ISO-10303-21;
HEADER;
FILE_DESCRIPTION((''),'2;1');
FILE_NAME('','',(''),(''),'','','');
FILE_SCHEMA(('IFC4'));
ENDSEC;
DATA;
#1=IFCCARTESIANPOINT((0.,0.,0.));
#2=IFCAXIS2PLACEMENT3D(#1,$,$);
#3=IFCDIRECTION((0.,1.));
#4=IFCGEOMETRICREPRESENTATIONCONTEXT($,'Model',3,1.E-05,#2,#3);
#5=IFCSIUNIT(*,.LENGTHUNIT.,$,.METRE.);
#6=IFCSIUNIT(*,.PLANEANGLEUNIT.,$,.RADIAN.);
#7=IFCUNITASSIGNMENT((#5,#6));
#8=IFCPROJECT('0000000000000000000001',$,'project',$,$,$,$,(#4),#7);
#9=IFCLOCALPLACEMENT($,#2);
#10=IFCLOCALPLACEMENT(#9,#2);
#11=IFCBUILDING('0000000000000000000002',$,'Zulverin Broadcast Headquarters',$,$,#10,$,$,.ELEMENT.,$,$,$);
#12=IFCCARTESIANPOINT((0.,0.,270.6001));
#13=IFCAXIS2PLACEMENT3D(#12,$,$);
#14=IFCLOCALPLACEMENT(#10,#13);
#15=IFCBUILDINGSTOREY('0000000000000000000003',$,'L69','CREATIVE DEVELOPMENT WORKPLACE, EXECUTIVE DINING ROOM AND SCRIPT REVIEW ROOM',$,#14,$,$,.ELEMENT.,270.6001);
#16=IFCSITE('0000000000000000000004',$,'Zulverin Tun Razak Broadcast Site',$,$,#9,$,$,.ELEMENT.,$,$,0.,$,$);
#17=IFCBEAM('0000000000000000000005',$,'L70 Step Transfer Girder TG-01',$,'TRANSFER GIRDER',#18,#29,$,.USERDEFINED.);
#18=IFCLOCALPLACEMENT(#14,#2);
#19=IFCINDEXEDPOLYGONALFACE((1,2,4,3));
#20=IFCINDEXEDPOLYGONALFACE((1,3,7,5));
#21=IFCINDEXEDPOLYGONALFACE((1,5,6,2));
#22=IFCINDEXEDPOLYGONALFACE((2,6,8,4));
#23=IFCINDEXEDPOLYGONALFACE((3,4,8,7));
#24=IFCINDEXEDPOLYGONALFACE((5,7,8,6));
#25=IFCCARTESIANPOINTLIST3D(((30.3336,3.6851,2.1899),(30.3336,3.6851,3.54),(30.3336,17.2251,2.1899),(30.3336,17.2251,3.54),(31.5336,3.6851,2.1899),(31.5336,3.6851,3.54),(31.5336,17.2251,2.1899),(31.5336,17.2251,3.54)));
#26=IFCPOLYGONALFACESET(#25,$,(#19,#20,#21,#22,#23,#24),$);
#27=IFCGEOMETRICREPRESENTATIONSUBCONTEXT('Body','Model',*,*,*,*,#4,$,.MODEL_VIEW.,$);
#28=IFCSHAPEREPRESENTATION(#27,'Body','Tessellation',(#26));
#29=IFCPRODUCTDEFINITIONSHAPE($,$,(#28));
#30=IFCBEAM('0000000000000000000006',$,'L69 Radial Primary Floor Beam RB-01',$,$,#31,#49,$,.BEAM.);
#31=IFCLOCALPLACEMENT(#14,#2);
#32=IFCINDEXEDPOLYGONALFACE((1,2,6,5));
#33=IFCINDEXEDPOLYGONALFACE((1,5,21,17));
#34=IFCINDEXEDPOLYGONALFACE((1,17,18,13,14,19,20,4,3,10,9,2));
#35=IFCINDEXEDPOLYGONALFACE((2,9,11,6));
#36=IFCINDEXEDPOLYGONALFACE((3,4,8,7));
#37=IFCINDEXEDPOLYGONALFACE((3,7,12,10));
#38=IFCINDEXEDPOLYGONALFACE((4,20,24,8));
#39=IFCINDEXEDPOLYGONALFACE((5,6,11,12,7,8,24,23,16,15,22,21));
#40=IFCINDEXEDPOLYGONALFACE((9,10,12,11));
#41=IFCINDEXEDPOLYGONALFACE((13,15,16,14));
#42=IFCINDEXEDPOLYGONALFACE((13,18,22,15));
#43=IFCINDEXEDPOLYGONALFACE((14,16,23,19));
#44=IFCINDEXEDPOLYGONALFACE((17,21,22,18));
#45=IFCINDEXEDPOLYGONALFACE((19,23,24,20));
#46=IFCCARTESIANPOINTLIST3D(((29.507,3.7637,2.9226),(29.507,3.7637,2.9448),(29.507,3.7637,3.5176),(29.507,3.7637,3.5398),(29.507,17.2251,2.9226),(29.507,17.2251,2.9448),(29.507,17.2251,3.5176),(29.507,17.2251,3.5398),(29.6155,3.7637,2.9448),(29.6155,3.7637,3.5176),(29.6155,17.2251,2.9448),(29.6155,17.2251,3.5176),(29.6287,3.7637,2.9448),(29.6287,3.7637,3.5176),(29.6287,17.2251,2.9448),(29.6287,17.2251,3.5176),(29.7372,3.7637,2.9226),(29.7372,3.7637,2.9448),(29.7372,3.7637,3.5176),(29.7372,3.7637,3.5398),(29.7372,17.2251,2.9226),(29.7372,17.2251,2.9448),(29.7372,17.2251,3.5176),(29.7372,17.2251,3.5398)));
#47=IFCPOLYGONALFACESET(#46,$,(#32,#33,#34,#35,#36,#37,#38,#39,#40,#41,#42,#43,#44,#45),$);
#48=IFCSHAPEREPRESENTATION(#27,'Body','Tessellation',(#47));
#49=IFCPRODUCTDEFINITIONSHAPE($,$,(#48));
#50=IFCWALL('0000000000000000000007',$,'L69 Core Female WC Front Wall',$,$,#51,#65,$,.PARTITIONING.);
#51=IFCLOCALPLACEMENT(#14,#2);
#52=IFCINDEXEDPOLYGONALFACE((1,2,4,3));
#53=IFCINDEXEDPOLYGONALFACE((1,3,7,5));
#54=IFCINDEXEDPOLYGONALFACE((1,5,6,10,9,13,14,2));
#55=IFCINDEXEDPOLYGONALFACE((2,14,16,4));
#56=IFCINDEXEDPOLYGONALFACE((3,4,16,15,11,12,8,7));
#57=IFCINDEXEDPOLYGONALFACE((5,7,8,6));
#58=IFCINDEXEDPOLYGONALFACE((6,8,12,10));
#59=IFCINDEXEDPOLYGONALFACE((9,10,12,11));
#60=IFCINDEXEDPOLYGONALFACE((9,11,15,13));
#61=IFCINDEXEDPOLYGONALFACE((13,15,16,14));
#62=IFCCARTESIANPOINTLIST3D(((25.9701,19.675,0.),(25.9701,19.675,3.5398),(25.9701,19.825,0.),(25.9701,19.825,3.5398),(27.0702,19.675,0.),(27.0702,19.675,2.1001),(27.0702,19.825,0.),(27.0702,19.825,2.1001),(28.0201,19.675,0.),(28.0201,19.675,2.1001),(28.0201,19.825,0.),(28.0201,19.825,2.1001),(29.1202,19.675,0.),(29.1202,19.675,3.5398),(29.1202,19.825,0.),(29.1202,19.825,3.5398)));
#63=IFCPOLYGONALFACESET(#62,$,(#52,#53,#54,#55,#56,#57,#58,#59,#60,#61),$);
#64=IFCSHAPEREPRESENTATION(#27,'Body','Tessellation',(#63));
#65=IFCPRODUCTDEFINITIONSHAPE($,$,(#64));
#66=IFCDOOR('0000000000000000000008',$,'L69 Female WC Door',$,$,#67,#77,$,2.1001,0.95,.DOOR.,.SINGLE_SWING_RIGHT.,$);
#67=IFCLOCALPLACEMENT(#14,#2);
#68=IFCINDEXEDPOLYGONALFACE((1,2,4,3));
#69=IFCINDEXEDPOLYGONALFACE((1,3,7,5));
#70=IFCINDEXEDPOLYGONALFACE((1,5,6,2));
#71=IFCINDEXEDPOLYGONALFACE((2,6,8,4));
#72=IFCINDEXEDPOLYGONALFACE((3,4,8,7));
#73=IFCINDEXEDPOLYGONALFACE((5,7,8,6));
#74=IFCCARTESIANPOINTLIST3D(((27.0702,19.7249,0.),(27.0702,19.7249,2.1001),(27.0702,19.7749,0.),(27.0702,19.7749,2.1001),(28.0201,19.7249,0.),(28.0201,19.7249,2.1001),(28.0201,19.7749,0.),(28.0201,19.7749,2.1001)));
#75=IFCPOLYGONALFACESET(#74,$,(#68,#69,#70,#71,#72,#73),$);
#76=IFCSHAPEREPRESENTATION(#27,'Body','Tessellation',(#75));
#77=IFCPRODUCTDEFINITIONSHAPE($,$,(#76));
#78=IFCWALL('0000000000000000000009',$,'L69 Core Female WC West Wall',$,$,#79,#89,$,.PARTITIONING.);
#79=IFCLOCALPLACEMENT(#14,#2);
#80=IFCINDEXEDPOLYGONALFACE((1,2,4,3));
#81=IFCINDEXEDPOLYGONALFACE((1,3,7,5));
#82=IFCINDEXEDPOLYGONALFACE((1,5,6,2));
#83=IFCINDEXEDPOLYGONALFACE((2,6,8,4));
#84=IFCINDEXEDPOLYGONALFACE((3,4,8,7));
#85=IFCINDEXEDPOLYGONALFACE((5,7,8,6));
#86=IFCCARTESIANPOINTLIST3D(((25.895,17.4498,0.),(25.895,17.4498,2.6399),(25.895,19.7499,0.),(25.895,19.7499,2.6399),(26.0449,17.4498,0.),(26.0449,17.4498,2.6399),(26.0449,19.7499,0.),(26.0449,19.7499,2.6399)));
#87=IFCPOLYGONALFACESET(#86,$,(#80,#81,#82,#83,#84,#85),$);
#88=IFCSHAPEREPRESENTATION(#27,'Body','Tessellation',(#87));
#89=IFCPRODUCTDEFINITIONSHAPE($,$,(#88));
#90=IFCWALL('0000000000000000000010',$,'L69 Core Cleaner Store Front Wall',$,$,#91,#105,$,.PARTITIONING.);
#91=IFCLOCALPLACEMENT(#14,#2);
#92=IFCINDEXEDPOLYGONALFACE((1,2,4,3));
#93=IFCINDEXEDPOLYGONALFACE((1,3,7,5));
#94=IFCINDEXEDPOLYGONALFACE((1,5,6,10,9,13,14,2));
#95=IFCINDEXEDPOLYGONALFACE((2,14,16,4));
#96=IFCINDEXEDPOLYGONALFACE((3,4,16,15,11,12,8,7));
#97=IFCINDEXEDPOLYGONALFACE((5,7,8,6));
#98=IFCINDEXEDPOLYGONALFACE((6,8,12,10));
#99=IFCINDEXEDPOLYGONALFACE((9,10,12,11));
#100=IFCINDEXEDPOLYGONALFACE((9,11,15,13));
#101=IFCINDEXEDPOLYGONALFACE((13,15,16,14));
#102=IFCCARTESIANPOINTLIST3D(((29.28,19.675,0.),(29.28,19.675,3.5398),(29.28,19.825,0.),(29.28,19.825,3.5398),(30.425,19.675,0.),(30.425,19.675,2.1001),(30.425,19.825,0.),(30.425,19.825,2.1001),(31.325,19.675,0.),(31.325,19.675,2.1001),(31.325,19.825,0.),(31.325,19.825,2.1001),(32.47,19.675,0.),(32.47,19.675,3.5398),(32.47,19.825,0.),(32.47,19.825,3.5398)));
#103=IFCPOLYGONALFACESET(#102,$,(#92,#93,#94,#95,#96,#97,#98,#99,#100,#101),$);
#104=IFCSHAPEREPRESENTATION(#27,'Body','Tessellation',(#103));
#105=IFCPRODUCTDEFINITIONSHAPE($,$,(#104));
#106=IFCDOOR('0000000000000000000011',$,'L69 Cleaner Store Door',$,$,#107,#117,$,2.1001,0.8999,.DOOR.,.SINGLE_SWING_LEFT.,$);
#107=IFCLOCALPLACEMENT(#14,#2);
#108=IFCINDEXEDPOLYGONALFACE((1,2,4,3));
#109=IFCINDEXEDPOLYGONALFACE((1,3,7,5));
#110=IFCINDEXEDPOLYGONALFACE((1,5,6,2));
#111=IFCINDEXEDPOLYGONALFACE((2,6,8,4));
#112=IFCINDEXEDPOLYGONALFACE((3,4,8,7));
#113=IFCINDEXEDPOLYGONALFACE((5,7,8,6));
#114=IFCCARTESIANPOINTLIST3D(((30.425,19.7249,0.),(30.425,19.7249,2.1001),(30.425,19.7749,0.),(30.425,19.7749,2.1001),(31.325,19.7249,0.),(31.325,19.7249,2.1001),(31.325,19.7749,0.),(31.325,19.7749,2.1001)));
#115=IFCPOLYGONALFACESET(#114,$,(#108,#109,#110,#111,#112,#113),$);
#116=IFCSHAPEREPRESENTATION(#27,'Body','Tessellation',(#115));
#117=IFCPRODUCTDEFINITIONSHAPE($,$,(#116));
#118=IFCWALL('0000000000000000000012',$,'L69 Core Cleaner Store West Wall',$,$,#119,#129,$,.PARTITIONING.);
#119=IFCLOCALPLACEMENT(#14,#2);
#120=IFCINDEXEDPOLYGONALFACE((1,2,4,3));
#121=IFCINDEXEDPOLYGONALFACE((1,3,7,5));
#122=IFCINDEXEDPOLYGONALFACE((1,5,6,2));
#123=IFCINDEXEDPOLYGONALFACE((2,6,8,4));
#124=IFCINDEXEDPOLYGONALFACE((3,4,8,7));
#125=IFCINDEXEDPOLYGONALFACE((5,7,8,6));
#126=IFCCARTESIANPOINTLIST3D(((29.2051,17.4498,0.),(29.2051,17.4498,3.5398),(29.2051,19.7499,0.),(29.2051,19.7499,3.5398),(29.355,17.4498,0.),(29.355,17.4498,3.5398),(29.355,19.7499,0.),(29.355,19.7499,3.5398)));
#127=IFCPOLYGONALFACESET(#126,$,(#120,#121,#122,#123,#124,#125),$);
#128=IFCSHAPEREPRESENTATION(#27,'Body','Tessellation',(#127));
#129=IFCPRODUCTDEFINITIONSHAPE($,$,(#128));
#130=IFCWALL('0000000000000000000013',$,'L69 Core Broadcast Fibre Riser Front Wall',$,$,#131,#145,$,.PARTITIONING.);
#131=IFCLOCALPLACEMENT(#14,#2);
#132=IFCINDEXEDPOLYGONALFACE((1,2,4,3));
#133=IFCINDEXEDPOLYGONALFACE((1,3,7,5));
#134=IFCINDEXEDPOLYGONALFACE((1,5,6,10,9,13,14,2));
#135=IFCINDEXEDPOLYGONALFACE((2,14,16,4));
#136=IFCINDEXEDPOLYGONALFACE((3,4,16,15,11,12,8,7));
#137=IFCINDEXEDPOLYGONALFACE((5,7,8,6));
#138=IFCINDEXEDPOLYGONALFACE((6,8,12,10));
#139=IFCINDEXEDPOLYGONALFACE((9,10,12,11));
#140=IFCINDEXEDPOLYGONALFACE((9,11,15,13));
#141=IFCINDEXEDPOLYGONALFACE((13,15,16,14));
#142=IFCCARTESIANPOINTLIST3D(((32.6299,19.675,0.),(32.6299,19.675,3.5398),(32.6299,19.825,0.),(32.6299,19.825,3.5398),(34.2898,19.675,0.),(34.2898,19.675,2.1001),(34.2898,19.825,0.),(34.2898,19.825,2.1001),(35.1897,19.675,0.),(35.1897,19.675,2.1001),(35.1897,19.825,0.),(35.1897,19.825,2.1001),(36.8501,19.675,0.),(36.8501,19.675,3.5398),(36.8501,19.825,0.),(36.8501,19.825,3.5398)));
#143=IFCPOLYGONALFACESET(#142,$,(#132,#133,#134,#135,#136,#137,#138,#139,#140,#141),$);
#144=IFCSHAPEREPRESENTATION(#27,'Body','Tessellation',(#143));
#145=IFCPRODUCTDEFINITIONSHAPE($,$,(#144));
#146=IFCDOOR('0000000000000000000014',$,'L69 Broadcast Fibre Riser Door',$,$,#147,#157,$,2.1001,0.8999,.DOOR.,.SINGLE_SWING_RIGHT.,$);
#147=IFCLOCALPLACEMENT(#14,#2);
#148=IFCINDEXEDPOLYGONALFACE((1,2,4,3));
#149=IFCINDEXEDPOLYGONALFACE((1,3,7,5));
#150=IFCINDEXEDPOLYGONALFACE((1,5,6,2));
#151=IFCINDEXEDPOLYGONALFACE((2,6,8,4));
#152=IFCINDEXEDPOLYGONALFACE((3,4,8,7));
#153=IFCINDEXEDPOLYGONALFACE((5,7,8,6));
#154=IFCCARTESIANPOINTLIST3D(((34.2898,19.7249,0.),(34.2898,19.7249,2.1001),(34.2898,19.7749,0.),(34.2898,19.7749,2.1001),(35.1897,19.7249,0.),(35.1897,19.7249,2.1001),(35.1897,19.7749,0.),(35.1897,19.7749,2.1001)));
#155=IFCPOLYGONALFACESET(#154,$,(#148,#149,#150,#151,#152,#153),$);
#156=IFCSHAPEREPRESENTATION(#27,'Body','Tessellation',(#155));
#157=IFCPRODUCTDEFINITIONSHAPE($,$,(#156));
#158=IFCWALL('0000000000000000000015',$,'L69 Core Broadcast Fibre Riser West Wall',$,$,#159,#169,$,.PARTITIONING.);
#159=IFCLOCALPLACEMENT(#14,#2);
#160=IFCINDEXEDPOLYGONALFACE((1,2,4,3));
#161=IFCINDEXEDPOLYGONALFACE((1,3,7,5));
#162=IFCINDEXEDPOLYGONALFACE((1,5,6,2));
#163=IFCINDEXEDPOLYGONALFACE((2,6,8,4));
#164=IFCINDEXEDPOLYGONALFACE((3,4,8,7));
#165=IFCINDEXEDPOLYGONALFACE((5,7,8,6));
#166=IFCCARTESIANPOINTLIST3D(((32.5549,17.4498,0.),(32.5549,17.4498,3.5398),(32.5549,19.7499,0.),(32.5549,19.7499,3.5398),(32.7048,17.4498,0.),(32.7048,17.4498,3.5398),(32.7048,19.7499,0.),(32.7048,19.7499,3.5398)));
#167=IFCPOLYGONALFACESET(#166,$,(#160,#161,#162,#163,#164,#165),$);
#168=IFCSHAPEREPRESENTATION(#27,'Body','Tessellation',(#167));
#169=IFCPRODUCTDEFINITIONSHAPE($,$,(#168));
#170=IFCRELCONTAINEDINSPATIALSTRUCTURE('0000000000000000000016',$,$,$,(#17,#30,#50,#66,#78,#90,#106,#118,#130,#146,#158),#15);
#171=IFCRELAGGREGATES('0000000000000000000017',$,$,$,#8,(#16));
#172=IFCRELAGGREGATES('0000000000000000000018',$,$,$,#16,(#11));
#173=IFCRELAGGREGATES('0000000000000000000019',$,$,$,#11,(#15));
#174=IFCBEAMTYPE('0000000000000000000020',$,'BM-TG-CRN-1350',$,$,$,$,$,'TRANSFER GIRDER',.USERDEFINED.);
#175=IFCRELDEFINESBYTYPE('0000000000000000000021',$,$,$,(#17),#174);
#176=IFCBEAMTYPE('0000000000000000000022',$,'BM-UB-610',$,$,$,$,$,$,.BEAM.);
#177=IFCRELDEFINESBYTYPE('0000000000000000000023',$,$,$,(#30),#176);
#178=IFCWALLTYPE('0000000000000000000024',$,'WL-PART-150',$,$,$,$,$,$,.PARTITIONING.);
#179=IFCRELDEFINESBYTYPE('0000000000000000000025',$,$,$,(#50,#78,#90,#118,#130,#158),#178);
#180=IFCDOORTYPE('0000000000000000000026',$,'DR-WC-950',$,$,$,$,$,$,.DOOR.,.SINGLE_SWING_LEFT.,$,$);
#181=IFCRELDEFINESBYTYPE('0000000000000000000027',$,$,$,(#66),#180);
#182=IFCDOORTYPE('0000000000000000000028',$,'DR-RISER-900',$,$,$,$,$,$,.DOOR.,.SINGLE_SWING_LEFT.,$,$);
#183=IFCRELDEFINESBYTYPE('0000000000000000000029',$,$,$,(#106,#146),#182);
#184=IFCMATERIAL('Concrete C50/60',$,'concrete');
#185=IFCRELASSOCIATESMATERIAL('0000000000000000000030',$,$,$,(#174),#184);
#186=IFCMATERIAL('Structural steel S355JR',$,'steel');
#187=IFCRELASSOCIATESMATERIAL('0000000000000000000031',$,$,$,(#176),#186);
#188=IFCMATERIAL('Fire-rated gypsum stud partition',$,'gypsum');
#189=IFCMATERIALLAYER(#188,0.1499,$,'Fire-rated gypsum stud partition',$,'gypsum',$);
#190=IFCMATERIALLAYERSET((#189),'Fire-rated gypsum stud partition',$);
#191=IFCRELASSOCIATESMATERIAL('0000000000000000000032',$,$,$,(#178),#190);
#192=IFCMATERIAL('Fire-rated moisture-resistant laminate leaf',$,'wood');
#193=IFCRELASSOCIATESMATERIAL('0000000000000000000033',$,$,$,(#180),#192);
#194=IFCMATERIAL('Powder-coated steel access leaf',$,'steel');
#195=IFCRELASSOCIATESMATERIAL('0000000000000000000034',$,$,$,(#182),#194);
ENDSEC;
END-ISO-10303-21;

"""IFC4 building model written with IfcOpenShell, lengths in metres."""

from ifc_helpers import new_model, si_unit, direction, frame, frame_2d, origin, origin_2d, place, context, subcontext, project, spatial, rectangle, i_section, extrude, material, layer, layer_set, material_profile, profile_set, type_object, element, fill, save


model = new_model("IFC4")

# Units and contexts
model_context = context("Model", 3, precision=1e-05, world=origin(), true_north=direction((0.0, 1.0)))
body_context = subcontext(model_context, "Body", "Model", "MODEL_VIEW")
ifc_project = project(units=[si_unit("LENGTHUNIT", "METRE"), si_unit("PLANEANGLEUNIT", "RADIAN")], contexts=[model_context])

# Site, building, storey
site_placement = place(None, origin())
site = spatial("IfcSite", under=ifc_project, at=site_placement, Name="Zulverin Tun Razak Broadcast Site", CompositionType="ELEMENT", RefElevation=0.0)
building_placement = place(site_placement, origin())
building = spatial("IfcBuilding", under=site, at=building_placement, Name="Zulverin Broadcast Headquarters", CompositionType="ELEMENT")
storey_placement = place(building_placement, frame((0.0, 0.0, 270.6001)))
storey = spatial("IfcBuildingStorey", under=building, at=storey_placement, Name="L69", Description="CREATIVE DEVELOPMENT WORKPLACE, EXECUTIVE DINING ROOM AND SCRIPT REVIEW ROOM", CompositionType="ELEMENT", Elevation=270.6001)

# Beams
ifc_material_1 = material(Name="Concrete C50/60", Category="concrete")
ifc_material_profile_1 = material_profile(ifc_material_1, rectangle(XDim=1.2, YDim=1.3501, at=origin_2d()), Name="Concrete C50/60", Category="concrete")
ifc_profile_set_1 = profile_set([ifc_material_profile_1], Name="Concrete C50/60")
beam_type_1 = type_object("IfcBeamType", Name="BM-TG-CRN-1350", ElementType="TRANSFER GIRDER", PredefinedType="USERDEFINED", material=ifc_profile_set_1)
beam_1_placement = place(storey_placement, frame((30.9336, 17.2251, 2.865), z_axis=(0.0, -1.0, 0.0), x_axis=(1.0, 0.0, 0.0)))
element("IfcBeam", 1, at=beam_1_placement, inside=storey, type_object=beam_type_1, Name="L70 Step Transfer Girder TG-01", ObjectType="TRANSFER GIRDER", PredefinedType="USERDEFINED", context=body_context, shape_type="SweptSolid", body=[
    extrude(rectangle(XDim=1.2, YDim=1.3501, at=origin_2d()), origin(), (0.0, 0.0, 1.0), 13.54),
])
ifc_material_2 = material(Name="Structural steel S355JR", Category="steel")
ifc_material_profile_2 = material_profile(ifc_material_2, i_section(OverallWidth=0.2302, OverallDepth=0.6172, WebThickness=0.0132, FlangeThickness=0.0222, at=origin_2d()), Name="Structural steel S355JR", Category="steel")
ifc_profile_set_2 = profile_set([ifc_material_profile_2], Name="Structural steel S355JR")
beam_type_2 = type_object("IfcBeamType", Name="BM-UB-610", PredefinedType="BEAM", material=ifc_profile_set_2)
beam_2_placement = place(storey_placement, frame((29.6221, 17.2251, 3.2312), z_axis=(0.0, -1.0, 0.0), x_axis=(1.0, 0.0, 0.0)))
element("IfcBeam", 2, at=beam_2_placement, inside=storey, type_object=beam_type_2, Name="L69 Radial Primary Floor Beam RB-01", PredefinedType="BEAM", context=body_context, shape_type="SweptSolid", body=[
    extrude(i_section(OverallWidth=0.2302, OverallDepth=0.6172, WebThickness=0.0132, FlangeThickness=0.0222, at=origin_2d()), origin(), (0.0, 0.0, 1.0), 13.4614),
])

# Wall, opening, door
ifc_material_3 = material(Name="Fire-rated gypsum stud partition", Category="gypsum")
ifc_layer = layer(ifc_material_3, 0.1499, Name="Fire-rated gypsum stud partition", Category="gypsum")
ifc_layer_set = layer_set([ifc_layer], Name="Fire-rated gypsum stud partition")
wall_type = type_object("IfcWallType", Name="WL-PART-150", PredefinedType="PARTITIONING", material=ifc_layer_set)
wall_1_placement = place(storey_placement, frame((25.97, 19.75, 0.0), z_axis=(0.0, 0.0, 1.0), x_axis=(1.0, 0.0, 0.0)))
wall_1 = element("IfcWall", 3, at=wall_1_placement, inside=storey, type_object=wall_type, Name="L69 Core Female WC Front Wall", PredefinedType="PARTITIONING", context=body_context, shape_type="SweptSolid", body=[
    extrude(rectangle(XDim=3.1501, YDim=0.1499, at=frame_2d((1.5752, 0.0))), origin(), (0.0, 0.0, 1.0), 3.5398),
])
opening_1_placement = place(wall_1_placement, frame((1.1001, 0.0, 0.0)))
opening_1 = element("IfcOpeningElement", 4, at=opening_1_placement, cuts=wall_1, PredefinedType="OPENING", context=body_context, shape_type="SweptSolid", body=[
    extrude(rectangle(XDim=0.95, YDim=2.1001, at=frame_2d((0.4751, 1.05))), frame((0.0, 0.085, 0.0), z_axis=(0.0, -1.0, 0.0), x_axis=(1.0, 0.0, 0.0)), (0.0, 0.0, 1.0), 0.1699),
])
ifc_material_4 = material(Name="Fire-rated moisture-resistant laminate leaf", Category="wood")
door_type_1 = type_object("IfcDoorType", Name="DR-WC-950", OperationType="SINGLE_SWING_LEFT", PredefinedType="DOOR", material=ifc_material_4)
door_1_placement = place(opening_1_placement, origin())
door_1 = element("IfcDoor", 5, at=door_1_placement, inside=storey, type_object=door_type_1, Name="L69 Female WC Door", OperationType="SINGLE_SWING_RIGHT", OverallHeight=2.1001, OverallWidth=0.95, PredefinedType="DOOR", context=body_context, shape_type="SweptSolid", body=[
    extrude(rectangle(XDim=0.95, YDim=2.1001, at=frame_2d((0.4751, 1.05))), frame((0.0, 0.0249, 0.0), z_axis=(0.0, -1.0, 0.0), x_axis=(1.0, 0.0, 0.0)), (0.0, 0.0, 1.0), 0.05),
])
fill(opening_1, door_1)

# Wall
wall_2_placement = place(storey_placement, frame((25.97, 17.45, 0.0), z_axis=(0.0, 0.0, 1.0), x_axis=(0.0, 1.0, 0.0)))
element("IfcWall", 6, at=wall_2_placement, inside=storey, type_object=wall_type, Name="L69 Core Female WC West Wall", PredefinedType="PARTITIONING", context=body_context, shape_type="SweptSolid", body=[
    extrude(rectangle(XDim=2.3, YDim=0.1499, at=frame_2d((1.1499, 0.0))), origin(), (0.0, 0.0, 1.0), 2.6399),
])

# Wall, opening, door
wall_3_placement = place(storey_placement, frame((29.28, 19.75, 0.0), z_axis=(0.0, 0.0, 1.0), x_axis=(1.0, 0.0, 0.0)))
wall_3 = element("IfcWall", 7, at=wall_3_placement, inside=storey, type_object=wall_type, Name="L69 Core Cleaner Store Front Wall", PredefinedType="PARTITIONING", context=body_context, shape_type="SweptSolid", body=[
    extrude(rectangle(XDim=3.1899, YDim=0.1499, at=frame_2d((1.595, 0.0))), origin(), (0.0, 0.0, 1.0), 3.5398),
])
opening_2_placement = place(wall_3_placement, frame((1.145, 0.0, 0.0)))
opening_2 = element("IfcOpeningElement", 8, at=opening_2_placement, cuts=wall_3, PredefinedType="OPENING", context=body_context, shape_type="SweptSolid", body=[
    extrude(rectangle(XDim=0.8999, YDim=2.1001, at=frame_2d((0.45, 1.05))), frame((0.0, 0.085, 0.0), z_axis=(0.0, -1.0, 0.0), x_axis=(1.0, 0.0, 0.0)), (0.0, 0.0, 1.0), 0.1699),
])
ifc_material_5 = material(Name="Powder-coated steel access leaf", Category="steel")
door_type_2 = type_object("IfcDoorType", Name="DR-RISER-900", OperationType="SINGLE_SWING_LEFT", PredefinedType="DOOR", material=ifc_material_5)
door_2_placement = place(opening_2_placement, origin())
door_2 = element("IfcDoor", 9, at=door_2_placement, inside=storey, type_object=door_type_2, Name="L69 Cleaner Store Door", OperationType="SINGLE_SWING_LEFT", OverallHeight=2.1001, OverallWidth=0.8999, PredefinedType="DOOR", context=body_context, shape_type="SweptSolid", body=[
    extrude(rectangle(XDim=0.8999, YDim=2.1001, at=frame_2d((0.45, 1.05))), frame((0.0, 0.0249, 0.0), z_axis=(0.0, -1.0, 0.0), x_axis=(1.0, 0.0, 0.0)), (0.0, 0.0, 1.0), 0.05),
])
fill(opening_2, door_2)

# Wall
wall_4_placement = place(storey_placement, frame((29.28, 17.45, 0.0), z_axis=(0.0, 0.0, 1.0), x_axis=(0.0, 1.0, 0.0)))
element("IfcWall", 10, at=wall_4_placement, inside=storey, type_object=wall_type, Name="L69 Core Cleaner Store West Wall", PredefinedType="PARTITIONING", context=body_context, shape_type="SweptSolid", body=[
    extrude(rectangle(XDim=2.3, YDim=0.1499, at=frame_2d((1.1499, 0.0))), origin(), (0.0, 0.0, 1.0), 3.5398),
])

# Wall, opening, door
wall_5_placement = place(storey_placement, frame((32.6299, 19.75, 0.0), z_axis=(0.0, 0.0, 1.0), x_axis=(1.0, 0.0, 0.0)))
wall_5 = element("IfcWall", 11, at=wall_5_placement, inside=storey, type_object=wall_type, Name="L69 Core Broadcast Fibre Riser Front Wall", PredefinedType="PARTITIONING", context=body_context, shape_type="SweptSolid", body=[
    extrude(rectangle(XDim=4.2202, YDim=0.1499, at=frame_2d((2.1101, 0.0))), origin(), (0.0, 0.0, 1.0), 3.5398),
])
opening_3_placement = place(wall_5_placement, frame((1.6599, 0.0, 0.0)))
opening_3 = element("IfcOpeningElement", 12, at=opening_3_placement, cuts=wall_5, PredefinedType="OPENING", context=body_context, shape_type="SweptSolid", body=[
    extrude(rectangle(XDim=0.8999, YDim=2.1001, at=frame_2d((0.45, 1.05))), frame((0.0, 0.085, 0.0), z_axis=(0.0, -1.0, 0.0), x_axis=(1.0, 0.0, 0.0)), (0.0, 0.0, 1.0), 0.1699),
])
door_3_placement = place(opening_3_placement, origin())
door_3 = element("IfcDoor", 13, at=door_3_placement, inside=storey, type_object=door_type_2, Name="L69 Broadcast Fibre Riser Door", OperationType="SINGLE_SWING_RIGHT", OverallHeight=2.1001, OverallWidth=0.8999, PredefinedType="DOOR", context=body_context, shape_type="SweptSolid", body=[
    extrude(rectangle(XDim=0.8999, YDim=2.1001, at=frame_2d((0.45, 1.05))), frame((0.0, 0.0249, 0.0), z_axis=(0.0, -1.0, 0.0), x_axis=(1.0, 0.0, 0.0)), (0.0, 0.0, 1.0), 0.05),
])
fill(opening_3, door_3)

# Wall
for number, where, z_axis, x_axis, name in (
    (14, (32.6299, 17.45, 0.0), (0.0, 0.0, 1.0), (0.0, 1.0, 0.0), "L69 Core Broadcast Fibre Riser West Wall"),
):
    element("IfcWall", number, at=place(storey_placement, frame(where, z_axis=z_axis, x_axis=x_axis)), inside=storey, type_object=wall_type, Name=name, PredefinedType="PARTITIONING", context=body_context, shape_type="SweptSolid", body=[
        extrude(rectangle(XDim=2.3, YDim=0.1499, at=frame_2d((1.1499, 0.0))), origin(), (0.0, 0.0, 1.0), 3.5398),
    ])

save(model, "model.ifc")
